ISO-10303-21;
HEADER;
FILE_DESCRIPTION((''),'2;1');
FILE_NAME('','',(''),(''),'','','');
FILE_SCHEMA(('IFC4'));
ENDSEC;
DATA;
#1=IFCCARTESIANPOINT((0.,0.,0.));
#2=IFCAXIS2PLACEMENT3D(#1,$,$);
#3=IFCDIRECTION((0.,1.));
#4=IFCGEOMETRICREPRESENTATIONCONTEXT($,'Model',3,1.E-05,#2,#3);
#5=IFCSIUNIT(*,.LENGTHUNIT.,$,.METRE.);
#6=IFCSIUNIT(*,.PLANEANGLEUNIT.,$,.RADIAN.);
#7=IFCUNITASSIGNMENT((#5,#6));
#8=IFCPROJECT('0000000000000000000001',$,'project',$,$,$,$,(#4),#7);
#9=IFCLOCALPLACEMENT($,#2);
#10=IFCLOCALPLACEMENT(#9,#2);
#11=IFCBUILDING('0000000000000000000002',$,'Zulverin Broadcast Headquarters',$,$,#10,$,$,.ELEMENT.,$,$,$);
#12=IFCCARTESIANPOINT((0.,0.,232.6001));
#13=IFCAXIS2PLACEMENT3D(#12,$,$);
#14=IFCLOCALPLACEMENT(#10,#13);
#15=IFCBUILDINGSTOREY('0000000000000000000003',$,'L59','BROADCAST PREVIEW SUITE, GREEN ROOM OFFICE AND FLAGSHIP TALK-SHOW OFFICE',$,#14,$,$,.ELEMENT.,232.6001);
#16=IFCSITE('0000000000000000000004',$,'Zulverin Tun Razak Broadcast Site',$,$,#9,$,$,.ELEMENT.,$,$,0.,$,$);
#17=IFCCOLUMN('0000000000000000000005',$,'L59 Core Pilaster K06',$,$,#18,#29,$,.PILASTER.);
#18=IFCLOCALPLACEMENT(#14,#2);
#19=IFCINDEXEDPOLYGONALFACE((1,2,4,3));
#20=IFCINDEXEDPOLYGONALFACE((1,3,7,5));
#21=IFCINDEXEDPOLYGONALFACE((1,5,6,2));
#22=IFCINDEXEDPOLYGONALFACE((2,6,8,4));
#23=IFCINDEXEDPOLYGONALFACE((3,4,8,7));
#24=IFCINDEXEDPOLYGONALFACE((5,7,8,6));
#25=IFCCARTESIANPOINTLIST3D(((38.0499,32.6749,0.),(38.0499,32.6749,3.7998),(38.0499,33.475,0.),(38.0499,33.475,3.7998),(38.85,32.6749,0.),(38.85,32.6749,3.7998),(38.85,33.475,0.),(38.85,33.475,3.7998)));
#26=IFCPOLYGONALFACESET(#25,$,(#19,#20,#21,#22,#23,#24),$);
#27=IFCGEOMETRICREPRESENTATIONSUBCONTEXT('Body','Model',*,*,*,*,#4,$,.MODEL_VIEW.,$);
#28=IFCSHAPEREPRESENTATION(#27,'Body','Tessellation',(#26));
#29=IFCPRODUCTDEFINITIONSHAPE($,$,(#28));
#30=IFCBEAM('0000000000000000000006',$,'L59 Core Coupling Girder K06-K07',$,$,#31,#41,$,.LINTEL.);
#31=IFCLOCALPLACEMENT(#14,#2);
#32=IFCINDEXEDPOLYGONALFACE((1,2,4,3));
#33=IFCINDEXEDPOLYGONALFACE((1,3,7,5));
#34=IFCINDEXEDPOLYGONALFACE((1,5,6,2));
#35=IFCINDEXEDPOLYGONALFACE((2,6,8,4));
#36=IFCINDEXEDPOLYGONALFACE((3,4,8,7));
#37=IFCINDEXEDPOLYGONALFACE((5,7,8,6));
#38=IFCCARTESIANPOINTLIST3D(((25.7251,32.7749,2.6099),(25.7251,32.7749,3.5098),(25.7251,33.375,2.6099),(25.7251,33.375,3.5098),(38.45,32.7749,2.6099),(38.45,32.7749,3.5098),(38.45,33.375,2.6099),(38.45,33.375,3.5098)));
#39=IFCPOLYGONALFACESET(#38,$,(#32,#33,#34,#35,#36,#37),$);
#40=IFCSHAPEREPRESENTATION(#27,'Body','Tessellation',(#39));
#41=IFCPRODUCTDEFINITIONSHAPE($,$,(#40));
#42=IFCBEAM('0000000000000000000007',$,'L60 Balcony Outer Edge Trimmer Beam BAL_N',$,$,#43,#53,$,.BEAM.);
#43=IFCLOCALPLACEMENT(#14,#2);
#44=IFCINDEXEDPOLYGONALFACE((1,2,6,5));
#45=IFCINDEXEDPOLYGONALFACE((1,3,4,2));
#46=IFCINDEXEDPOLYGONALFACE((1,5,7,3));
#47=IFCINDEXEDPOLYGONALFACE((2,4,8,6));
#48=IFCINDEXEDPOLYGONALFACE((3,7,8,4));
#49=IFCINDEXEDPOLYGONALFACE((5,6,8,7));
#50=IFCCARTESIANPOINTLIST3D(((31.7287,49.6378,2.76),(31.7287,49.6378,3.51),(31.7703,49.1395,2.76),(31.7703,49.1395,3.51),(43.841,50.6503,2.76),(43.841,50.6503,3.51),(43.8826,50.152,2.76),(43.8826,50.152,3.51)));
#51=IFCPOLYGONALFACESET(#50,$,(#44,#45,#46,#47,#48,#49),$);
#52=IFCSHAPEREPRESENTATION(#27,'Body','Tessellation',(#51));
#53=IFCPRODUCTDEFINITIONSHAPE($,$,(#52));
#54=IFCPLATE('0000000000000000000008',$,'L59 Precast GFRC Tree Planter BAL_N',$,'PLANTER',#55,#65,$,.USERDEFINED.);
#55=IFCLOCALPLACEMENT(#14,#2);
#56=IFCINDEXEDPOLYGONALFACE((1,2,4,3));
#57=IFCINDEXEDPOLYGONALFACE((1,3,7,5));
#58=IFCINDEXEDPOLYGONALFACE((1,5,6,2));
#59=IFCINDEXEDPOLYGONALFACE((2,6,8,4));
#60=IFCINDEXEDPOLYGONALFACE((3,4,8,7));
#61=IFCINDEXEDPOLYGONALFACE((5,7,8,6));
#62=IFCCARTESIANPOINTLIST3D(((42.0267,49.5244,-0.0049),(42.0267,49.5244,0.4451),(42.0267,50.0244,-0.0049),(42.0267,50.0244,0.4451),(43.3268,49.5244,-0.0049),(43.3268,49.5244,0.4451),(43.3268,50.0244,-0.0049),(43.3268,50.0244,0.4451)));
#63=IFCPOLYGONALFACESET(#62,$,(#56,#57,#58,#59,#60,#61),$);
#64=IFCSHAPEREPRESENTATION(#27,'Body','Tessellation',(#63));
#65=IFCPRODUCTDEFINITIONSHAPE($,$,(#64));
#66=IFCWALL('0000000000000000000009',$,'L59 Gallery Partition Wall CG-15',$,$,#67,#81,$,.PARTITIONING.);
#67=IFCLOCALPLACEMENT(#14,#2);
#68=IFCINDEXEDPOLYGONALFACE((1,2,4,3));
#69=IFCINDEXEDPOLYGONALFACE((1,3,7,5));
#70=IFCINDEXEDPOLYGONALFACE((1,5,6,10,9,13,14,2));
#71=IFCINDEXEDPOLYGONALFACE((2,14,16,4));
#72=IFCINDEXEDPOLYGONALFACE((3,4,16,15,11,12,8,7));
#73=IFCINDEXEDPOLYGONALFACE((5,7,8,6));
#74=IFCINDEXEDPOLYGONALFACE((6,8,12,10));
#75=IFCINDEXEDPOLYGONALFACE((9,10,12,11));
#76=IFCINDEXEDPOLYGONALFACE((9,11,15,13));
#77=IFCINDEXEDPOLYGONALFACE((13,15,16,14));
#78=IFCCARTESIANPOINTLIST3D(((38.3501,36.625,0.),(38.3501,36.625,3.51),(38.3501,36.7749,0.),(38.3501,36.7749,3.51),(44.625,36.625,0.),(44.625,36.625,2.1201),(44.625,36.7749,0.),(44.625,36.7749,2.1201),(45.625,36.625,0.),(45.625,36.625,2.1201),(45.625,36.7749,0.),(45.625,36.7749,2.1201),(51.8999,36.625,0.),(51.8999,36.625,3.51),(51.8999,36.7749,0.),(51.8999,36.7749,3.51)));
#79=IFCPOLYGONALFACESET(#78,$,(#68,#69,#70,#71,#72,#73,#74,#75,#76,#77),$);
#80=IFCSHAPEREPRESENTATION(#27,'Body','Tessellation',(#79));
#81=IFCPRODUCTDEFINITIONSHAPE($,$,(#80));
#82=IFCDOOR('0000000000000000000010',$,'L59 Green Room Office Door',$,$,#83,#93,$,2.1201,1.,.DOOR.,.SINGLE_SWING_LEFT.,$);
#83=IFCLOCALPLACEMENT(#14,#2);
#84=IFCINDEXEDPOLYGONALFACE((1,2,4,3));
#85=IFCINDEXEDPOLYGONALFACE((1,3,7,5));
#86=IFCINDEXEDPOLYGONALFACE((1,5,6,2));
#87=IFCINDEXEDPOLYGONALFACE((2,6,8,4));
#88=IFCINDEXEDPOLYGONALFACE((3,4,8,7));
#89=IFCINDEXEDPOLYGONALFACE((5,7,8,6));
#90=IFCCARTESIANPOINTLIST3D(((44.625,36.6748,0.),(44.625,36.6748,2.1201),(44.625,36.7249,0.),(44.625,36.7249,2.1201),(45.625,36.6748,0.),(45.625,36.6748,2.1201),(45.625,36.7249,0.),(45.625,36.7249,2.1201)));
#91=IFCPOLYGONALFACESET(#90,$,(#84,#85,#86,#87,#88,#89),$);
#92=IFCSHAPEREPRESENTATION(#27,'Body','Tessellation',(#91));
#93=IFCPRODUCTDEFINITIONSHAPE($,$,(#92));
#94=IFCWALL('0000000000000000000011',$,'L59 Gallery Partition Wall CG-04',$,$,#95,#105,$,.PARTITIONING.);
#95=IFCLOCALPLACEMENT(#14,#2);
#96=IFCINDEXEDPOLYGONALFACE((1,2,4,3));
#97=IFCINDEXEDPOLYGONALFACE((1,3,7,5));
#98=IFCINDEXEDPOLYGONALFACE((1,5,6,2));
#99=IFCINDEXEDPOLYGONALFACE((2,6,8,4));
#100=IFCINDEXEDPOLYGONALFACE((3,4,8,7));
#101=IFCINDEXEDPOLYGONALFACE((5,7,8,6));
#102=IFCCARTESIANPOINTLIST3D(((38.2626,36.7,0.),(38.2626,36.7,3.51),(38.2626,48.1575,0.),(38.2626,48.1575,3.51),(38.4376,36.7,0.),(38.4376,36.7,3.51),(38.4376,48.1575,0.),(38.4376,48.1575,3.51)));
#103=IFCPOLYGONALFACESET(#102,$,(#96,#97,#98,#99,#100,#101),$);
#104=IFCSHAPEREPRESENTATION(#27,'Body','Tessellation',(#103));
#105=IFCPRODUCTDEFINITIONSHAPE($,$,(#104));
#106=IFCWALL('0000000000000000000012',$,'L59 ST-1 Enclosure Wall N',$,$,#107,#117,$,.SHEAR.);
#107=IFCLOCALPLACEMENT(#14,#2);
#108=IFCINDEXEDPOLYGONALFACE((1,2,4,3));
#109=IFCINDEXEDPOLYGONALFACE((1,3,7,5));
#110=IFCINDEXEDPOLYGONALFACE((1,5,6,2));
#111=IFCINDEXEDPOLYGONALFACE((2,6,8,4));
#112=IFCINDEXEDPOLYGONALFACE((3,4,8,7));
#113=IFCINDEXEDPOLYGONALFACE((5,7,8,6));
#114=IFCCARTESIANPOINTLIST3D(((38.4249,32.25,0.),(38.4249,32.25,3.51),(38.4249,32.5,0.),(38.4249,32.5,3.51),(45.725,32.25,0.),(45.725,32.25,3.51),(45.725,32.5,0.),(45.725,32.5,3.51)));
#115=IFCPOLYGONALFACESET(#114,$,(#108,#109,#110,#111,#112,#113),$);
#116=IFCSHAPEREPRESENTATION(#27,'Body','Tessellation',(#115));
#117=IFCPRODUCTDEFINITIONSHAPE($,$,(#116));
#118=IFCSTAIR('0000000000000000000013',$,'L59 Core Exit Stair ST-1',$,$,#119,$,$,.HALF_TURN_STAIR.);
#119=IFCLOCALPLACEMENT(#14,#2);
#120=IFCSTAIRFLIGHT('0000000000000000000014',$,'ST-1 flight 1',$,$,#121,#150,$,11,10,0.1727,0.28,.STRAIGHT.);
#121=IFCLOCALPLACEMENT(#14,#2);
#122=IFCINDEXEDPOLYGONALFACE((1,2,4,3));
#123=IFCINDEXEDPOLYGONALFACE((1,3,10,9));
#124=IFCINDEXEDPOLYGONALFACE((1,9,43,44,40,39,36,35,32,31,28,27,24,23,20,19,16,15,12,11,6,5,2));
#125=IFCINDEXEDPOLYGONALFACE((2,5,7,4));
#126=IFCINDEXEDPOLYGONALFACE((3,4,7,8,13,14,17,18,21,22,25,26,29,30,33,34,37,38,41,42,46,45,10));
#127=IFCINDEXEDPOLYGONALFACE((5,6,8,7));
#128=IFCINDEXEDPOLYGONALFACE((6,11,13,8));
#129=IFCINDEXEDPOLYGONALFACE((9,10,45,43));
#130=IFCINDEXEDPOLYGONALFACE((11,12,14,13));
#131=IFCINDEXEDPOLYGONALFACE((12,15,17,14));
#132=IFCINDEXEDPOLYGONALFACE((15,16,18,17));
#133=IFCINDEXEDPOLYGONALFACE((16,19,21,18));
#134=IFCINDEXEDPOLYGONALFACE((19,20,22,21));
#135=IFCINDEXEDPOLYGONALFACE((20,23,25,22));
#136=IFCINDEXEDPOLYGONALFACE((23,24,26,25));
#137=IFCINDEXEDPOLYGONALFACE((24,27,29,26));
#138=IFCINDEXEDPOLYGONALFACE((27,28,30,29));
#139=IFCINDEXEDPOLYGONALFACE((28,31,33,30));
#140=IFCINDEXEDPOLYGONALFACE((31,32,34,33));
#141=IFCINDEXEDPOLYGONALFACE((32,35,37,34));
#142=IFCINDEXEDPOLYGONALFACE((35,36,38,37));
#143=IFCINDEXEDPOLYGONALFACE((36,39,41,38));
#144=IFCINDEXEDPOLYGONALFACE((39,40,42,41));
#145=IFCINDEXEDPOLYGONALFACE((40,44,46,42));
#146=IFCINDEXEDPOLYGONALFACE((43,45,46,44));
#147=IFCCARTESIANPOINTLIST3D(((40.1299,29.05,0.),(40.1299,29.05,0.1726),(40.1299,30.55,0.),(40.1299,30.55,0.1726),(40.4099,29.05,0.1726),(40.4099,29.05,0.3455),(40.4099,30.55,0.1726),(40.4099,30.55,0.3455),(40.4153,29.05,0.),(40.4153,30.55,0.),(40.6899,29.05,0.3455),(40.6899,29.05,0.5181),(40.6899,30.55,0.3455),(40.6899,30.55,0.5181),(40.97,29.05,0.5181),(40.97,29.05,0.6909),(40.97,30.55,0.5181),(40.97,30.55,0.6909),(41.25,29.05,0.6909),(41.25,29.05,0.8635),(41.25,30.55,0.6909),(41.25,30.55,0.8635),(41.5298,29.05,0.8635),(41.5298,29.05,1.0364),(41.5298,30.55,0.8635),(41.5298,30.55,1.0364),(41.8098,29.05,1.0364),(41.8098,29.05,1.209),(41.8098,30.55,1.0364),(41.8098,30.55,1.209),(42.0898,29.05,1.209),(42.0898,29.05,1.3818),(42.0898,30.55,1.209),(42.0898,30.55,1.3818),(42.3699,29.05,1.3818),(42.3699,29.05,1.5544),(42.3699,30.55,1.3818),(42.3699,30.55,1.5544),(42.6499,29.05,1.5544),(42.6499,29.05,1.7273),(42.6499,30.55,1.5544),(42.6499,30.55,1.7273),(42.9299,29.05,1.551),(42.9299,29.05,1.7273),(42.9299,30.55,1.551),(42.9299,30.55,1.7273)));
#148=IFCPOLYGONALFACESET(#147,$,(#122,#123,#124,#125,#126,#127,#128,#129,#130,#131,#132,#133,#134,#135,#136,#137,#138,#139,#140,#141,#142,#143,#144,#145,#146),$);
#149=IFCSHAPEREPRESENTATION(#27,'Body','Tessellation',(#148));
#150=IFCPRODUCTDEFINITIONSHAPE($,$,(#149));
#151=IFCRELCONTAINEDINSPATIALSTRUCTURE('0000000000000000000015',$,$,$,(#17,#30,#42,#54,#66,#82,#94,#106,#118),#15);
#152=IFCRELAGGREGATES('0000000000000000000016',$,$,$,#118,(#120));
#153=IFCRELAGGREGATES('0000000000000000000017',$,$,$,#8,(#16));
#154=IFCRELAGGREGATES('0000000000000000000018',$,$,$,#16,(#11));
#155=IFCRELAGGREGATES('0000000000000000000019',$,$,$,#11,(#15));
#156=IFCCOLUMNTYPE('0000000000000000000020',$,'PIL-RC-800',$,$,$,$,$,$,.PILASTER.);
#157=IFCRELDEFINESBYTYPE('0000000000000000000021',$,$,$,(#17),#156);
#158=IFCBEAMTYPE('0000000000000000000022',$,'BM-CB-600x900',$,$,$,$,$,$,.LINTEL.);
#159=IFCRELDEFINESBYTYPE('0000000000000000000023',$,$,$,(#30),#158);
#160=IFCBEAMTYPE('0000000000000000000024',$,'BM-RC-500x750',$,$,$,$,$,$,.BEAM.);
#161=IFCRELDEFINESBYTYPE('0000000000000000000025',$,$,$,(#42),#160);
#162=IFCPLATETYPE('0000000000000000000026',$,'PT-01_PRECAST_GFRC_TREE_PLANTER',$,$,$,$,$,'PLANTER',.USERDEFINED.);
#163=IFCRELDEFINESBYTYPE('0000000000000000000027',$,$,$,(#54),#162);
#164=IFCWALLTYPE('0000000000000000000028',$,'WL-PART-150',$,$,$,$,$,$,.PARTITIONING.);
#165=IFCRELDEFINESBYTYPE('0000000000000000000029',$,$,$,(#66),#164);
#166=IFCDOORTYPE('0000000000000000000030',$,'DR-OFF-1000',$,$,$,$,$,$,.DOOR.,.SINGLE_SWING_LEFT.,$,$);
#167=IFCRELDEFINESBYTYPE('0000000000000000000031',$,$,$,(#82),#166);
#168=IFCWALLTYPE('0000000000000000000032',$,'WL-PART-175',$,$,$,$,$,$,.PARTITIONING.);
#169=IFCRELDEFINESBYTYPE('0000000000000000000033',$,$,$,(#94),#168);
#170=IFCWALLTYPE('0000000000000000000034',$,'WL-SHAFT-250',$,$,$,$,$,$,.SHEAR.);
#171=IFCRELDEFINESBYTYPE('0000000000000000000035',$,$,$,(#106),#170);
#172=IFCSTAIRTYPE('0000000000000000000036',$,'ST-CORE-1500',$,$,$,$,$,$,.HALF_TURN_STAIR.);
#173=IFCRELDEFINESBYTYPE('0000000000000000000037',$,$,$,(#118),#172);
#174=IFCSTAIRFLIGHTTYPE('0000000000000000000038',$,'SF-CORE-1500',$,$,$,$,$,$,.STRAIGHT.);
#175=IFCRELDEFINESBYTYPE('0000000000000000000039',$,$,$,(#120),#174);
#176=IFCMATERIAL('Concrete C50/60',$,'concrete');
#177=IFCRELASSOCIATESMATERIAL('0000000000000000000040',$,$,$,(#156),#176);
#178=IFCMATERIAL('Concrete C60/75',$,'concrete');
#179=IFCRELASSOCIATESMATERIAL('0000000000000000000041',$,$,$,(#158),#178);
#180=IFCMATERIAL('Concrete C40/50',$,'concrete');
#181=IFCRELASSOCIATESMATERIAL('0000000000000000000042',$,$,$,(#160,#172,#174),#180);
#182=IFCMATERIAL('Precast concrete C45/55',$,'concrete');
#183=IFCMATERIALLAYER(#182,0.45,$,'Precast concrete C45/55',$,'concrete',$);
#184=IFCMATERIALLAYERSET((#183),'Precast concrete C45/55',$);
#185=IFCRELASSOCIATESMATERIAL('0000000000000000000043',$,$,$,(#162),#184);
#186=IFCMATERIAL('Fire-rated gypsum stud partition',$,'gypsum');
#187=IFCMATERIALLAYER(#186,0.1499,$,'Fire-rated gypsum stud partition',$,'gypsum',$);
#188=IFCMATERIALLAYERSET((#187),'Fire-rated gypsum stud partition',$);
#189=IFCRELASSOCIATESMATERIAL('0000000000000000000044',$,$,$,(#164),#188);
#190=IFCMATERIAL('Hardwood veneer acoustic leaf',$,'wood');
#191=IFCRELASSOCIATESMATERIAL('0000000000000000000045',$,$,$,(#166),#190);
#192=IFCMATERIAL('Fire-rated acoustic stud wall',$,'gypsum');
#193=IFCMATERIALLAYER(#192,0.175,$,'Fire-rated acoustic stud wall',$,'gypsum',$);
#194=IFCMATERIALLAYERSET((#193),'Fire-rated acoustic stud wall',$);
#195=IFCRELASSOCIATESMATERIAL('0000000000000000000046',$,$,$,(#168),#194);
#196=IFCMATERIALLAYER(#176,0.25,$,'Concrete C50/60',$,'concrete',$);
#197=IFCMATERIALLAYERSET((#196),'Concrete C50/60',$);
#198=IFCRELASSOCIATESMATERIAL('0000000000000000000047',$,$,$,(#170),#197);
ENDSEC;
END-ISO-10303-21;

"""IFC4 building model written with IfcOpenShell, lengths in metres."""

from ifc_helpers import new_model, si_unit, direction, frame, frame_2d, origin, origin_2d, place, context, subcontext, project, spatial, polyline, rectangle, outline, extrude, material, layer, layer_set, material_profile, profile_set, type_object, element, fill, aggregate, save


model = new_model("IFC4")

# Units and contexts
model_context = context("Model", 3, precision=1e-05, world=origin(), true_north=direction((0.0, 1.0)))
body_context = subcontext(model_context, "Body", "Model", "MODEL_VIEW")
ifc_project = project(units=[si_unit("LENGTHUNIT", "METRE"), si_unit("PLANEANGLEUNIT", "RADIAN")], contexts=[model_context])

# Site, building, storey
site_placement = place(None, origin())
site = spatial("IfcSite", under=ifc_project, at=site_placement, Name="Zulverin Tun Razak Broadcast Site", CompositionType="ELEMENT", RefElevation=0.0)
building_placement = place(site_placement, origin())
building = spatial("IfcBuilding", under=site, at=building_placement, Name="Zulverin Broadcast Headquarters", CompositionType="ELEMENT")
storey_placement = place(building_placement, frame((0.0, 0.0, 232.6001)))
storey = spatial("IfcBuildingStorey", under=building, at=storey_placement, Name="L59", Description="BROADCAST PREVIEW SUITE, GREEN ROOM OFFICE AND FLAGSHIP TALK-SHOW OFFICE", CompositionType="ELEMENT", Elevation=232.6001)

# Column
ifc_material_1 = material(Name="Concrete C50/60", Category="concrete")
ifc_material_profile_1 = material_profile(ifc_material_1, rectangle(XDim=0.8, YDim=0.8, at=origin_2d()), Name="Concrete C50/60", Category="concrete")
ifc_profile_set_1 = profile_set([ifc_material_profile_1], Name="Concrete C50/60")
column_type = type_object("IfcColumnType", Name="PIL-RC-800", PredefinedType="PILASTER", material=ifc_profile_set_1)
column_placement = place(storey_placement, frame((38.45, 33.075, 0.0), z_axis=(0.0, 0.0, 1.0), x_axis=(1.0, 0.0, 0.0)))
element("IfcColumn", 1, at=column_placement, inside=storey, type_object=column_type, Name="L59 Core Pilaster K06", PredefinedType="PILASTER", context=body_context, shape_type="SweptSolid", body=[
    extrude(rectangle(XDim=0.8, YDim=0.8, at=origin_2d()), origin(), (0.0, 0.0, 1.0), 3.7998),
])

# Beams
ifc_material_2 = material(Name="Concrete C60/75", Category="concrete")
ifc_material_profile_2 = material_profile(ifc_material_2, rectangle(XDim=0.6001, YDim=0.8999, at=origin_2d()), Name="Concrete C60/75", Category="concrete")
ifc_profile_set_2 = profile_set([ifc_material_profile_2], Name="Concrete C60/75")
beam_type_1 = type_object("IfcBeamType", Name="BM-CB-600x900", PredefinedType="LINTEL", material=ifc_profile_set_2)
beam_1_placement = place(storey_placement, frame((38.45, 33.075, 3.0598), z_axis=(-1.0, 0.0, 0.0), x_axis=(0.0, -1.0, 0.0)))
element("IfcBeam", 2, at=beam_1_placement, inside=storey, type_object=beam_type_1, Name="L59 Core Coupling Girder K06-K07", PredefinedType="LINTEL", context=body_context, shape_type="SweptSolid", body=[
    extrude(rectangle(XDim=0.6001, YDim=0.8999, at=origin_2d()), origin(), (0.0, 0.0, 1.0), 12.7249),
])
ifc_material_3 = material(Name="Concrete C40/50", Category="concrete")
ifc_material_profile_3 = material_profile(ifc_material_3, rectangle(XDim=0.5, YDim=0.75, at=origin_2d()), Name="Concrete C40/50", Category="concrete")
ifc_profile_set_3 = profile_set([ifc_material_profile_3], Name="Concrete C40/50")
beam_type_2 = type_object("IfcBeamType", Name="BM-RC-500x750", PredefinedType="BEAM", material=ifc_profile_set_3)
beam_2_placement = place(storey_placement, frame((43.8618, 50.4011, 3.135), z_axis=(-0.996525, -0.083298, 0.0), x_axis=(0.083298, -0.996525, 0.0)))
element("IfcBeam", 3, at=beam_2_placement, inside=storey, type_object=beam_type_2, Name="L60 Balcony Outer Edge Trimmer Beam BAL_N", PredefinedType="BEAM", context=body_context, shape_type="SweptSolid", body=[
    extrude(rectangle(XDim=0.5, YDim=0.75, at=origin_2d()), origin(), (0.0, 0.0, 1.0), 12.1545),
])

# Plate
ifc_material_4 = material(Name="Precast concrete C45/55", Category="concrete")
ifc_layer_1 = layer(ifc_material_4, 0.45, Name="Precast concrete C45/55", Category="concrete")
ifc_layer_set_1 = layer_set([ifc_layer_1], Name="Precast concrete C45/55")
plate_type = type_object("IfcPlateType", Name="PT-01_PRECAST_GFRC_TREE_PLANTER", ElementType="PLANTER", PredefinedType="USERDEFINED", material=ifc_layer_set_1)
plate_placement = place(storey_placement, frame((42.6768, 49.7744, -0.0049), z_axis=(0.0, 0.0, 1.0), x_axis=(1.0, 0.0, 0.0)))
element("IfcPlate", 4, at=plate_placement, inside=storey, type_object=plate_type, Name="L59 Precast GFRC Tree Planter BAL_N", ObjectType="PLANTER", PredefinedType="USERDEFINED", context=body_context, shape_type="SweptSolid", body=[
    extrude(rectangle(XDim=1.3, YDim=0.5, at=origin_2d()), origin(), (0.0, 0.0, 1.0), 0.45),
])

# Wall, opening, door
ifc_material_5 = material(Name="Fire-rated gypsum stud partition", Category="gypsum")
ifc_layer_2 = layer(ifc_material_5, 0.1499, Name="Fire-rated gypsum stud partition", Category="gypsum")
ifc_layer_set_2 = layer_set([ifc_layer_2], Name="Fire-rated gypsum stud partition")
wall_type_1 = type_object("IfcWallType", Name="WL-PART-150", PredefinedType="PARTITIONING", material=ifc_layer_set_2)
wall_1_placement = place(storey_placement, frame((38.3501, 36.7, 0.0), z_axis=(0.0, 0.0, 1.0), x_axis=(1.0, 0.0, 0.0)))
wall_1 = element("IfcWall", 5, at=wall_1_placement, inside=storey, type_object=wall_type_1, Name="L59 Gallery Partition Wall CG-15", PredefinedType="PARTITIONING", context=body_context, shape_type="SweptSolid", body=[
    extrude(rectangle(XDim=13.5498, YDim=0.1499, at=frame_2d((6.7749, 0.0))), origin(), (0.0, 0.0, 1.0), 3.51),
])
opening_placement = place(wall_1_placement, frame((6.2749, 0.0, 0.0)))
opening = element("IfcOpeningElement", 6, at=opening_placement, cuts=wall_1, PredefinedType="OPENING", context=body_context, shape_type="SweptSolid", body=[
    extrude(rectangle(XDim=1.0, YDim=2.1201, at=frame_2d((0.5, 1.0601))), frame((0.0, 0.085, 0.0), z_axis=(0.0, -1.0, 0.0), x_axis=(1.0, 0.0, 0.0)), (0.0, 0.0, 1.0), 0.1699),
])
ifc_material_6 = material(Name="Hardwood veneer acoustic leaf", Category="wood")
door_type = type_object("IfcDoorType", Name="DR-OFF-1000", OperationType="SINGLE_SWING_LEFT", PredefinedType="DOOR", material=ifc_material_6)
door_placement = place(opening_placement, origin())
door = element("IfcDoor", 7, at=door_placement, inside=storey, type_object=door_type, Name="L59 Green Room Office Door", OperationType="SINGLE_SWING_LEFT", OverallHeight=2.1201, OverallWidth=1.0, PredefinedType="DOOR", context=body_context, shape_type="SweptSolid", body=[
    extrude(rectangle(XDim=1.0, YDim=2.1201, at=frame_2d((0.5, 1.0601))), frame((0.0, 0.0249, 0.0), z_axis=(0.0, -1.0, 0.0), x_axis=(1.0, 0.0, 0.0)), (0.0, 0.0, 1.0), 0.05),
])
fill(opening, door)

# Walls
ifc_material_7 = material(Name="Fire-rated acoustic stud wall", Category="gypsum")
ifc_layer_3 = layer(ifc_material_7, 0.175, Name="Fire-rated acoustic stud wall", Category="gypsum")
ifc_layer_set_3 = layer_set([ifc_layer_3], Name="Fire-rated acoustic stud wall")
wall_type_2 = type_object("IfcWallType", Name="WL-PART-175", PredefinedType="PARTITIONING", material=ifc_layer_set_3)
wall_2_placement = place(storey_placement, frame((38.3501, 36.7, 0.0), z_axis=(0.0, 0.0, 1.0), x_axis=(0.0, 1.0, 0.0)))
element("IfcWall", 8, at=wall_2_placement, inside=storey, type_object=wall_type_2, Name="L59 Gallery Partition Wall CG-04", PredefinedType="PARTITIONING", context=body_context, shape_type="SweptSolid", body=[
    extrude(rectangle(XDim=11.4575, YDim=0.175, at=frame_2d((5.7288, 0.0))), origin(), (0.0, 0.0, 1.0), 3.51),
])
ifc_layer_4 = layer(ifc_material_1, 0.25, Name="Concrete C50/60", Category="concrete")
ifc_layer_set_4 = layer_set([ifc_layer_4], Name="Concrete C50/60")
wall_type_3 = type_object("IfcWallType", Name="WL-SHAFT-250", PredefinedType="SHEAR", material=ifc_layer_set_4)
wall_3_placement = place(storey_placement, frame((38.425, 32.375, 0.0), z_axis=(0.0, 0.0, 1.0), x_axis=(1.0, 0.0, 0.0)))
element("IfcWall", 9, at=wall_3_placement, inside=storey, type_object=wall_type_3, Name="L59 ST-1 Enclosure Wall N", PredefinedType="SHEAR", context=body_context, shape_type="SweptSolid", body=[
    extrude(rectangle(XDim=7.3, YDim=0.25, at=frame_2d((3.6499, 0.0))), origin(), (0.0, 0.0, 1.0), 3.51),
])

# Stair, stair flight
stair_type = type_object("IfcStairType", Name="ST-CORE-1500", PredefinedType="HALF_TURN_STAIR", material=ifc_material_3)
stair_placement = place(storey_placement, origin())
stair = element("IfcStair", 10, at=stair_placement, inside=storey, type_object=stair_type, Name="L59 Core Exit Stair ST-1", PredefinedType="HALF_TURN_STAIR")
stair_flight_type = type_object("IfcStairFlightType", Name="SF-CORE-1500", PredefinedType="STRAIGHT", material=ifc_material_3)
stair_flight_1_placement = place(storey_placement, frame((40.1299, 29.8, 0.0), z_axis=(0.0, 0.0, 1.0), x_axis=(1.0, 0.0, 0.0)))
stair_flight_1 = element("IfcStairFlight", 11, at=stair_flight_1_placement, type_object=stair_flight_type, Name="ST-1 flight 1", NumberOfRisers=11, NumberOfTreads=10, PredefinedType="STRAIGHT", RiserHeight=0.1727, TreadLength=0.28, context=body_context, shape_type="SweptSolid", body=[
    extrude(outline(polyline([(0.0, 0.0), (0.0, 0.1726), (0.28, 0.1726), (0.28, 0.3455), (0.5601, 0.3455), (0.5601, 0.5181), (0.8401, 0.5181), (0.8401, 0.6909), (1.1201, 0.6909), (1.1201, 0.8635), (1.3999, 0.8635), (1.3999, 1.0364), (1.6799, 1.0364), (1.6799, 1.209), (1.96, 1.209), (1.96, 1.3818), (2.24, 1.3818), (2.24, 1.5544), (2.52, 1.5544), (2.52, 1.7273), (2.8, 1.7273), (2.8, 1.8999), (2.8, 1.551), (0.2854, 0.0), (0.0, 0.0)])), frame((0.0, 0.75, 0.0), z_axis=(0.0, -1.0, 0.0), x_axis=(1.0, 0.0, 0.0)), (0.0, 0.0, 1.0), 1.5),
])
aggregate(stair, [stair_flight_1])

save(model, "model.ifc")
